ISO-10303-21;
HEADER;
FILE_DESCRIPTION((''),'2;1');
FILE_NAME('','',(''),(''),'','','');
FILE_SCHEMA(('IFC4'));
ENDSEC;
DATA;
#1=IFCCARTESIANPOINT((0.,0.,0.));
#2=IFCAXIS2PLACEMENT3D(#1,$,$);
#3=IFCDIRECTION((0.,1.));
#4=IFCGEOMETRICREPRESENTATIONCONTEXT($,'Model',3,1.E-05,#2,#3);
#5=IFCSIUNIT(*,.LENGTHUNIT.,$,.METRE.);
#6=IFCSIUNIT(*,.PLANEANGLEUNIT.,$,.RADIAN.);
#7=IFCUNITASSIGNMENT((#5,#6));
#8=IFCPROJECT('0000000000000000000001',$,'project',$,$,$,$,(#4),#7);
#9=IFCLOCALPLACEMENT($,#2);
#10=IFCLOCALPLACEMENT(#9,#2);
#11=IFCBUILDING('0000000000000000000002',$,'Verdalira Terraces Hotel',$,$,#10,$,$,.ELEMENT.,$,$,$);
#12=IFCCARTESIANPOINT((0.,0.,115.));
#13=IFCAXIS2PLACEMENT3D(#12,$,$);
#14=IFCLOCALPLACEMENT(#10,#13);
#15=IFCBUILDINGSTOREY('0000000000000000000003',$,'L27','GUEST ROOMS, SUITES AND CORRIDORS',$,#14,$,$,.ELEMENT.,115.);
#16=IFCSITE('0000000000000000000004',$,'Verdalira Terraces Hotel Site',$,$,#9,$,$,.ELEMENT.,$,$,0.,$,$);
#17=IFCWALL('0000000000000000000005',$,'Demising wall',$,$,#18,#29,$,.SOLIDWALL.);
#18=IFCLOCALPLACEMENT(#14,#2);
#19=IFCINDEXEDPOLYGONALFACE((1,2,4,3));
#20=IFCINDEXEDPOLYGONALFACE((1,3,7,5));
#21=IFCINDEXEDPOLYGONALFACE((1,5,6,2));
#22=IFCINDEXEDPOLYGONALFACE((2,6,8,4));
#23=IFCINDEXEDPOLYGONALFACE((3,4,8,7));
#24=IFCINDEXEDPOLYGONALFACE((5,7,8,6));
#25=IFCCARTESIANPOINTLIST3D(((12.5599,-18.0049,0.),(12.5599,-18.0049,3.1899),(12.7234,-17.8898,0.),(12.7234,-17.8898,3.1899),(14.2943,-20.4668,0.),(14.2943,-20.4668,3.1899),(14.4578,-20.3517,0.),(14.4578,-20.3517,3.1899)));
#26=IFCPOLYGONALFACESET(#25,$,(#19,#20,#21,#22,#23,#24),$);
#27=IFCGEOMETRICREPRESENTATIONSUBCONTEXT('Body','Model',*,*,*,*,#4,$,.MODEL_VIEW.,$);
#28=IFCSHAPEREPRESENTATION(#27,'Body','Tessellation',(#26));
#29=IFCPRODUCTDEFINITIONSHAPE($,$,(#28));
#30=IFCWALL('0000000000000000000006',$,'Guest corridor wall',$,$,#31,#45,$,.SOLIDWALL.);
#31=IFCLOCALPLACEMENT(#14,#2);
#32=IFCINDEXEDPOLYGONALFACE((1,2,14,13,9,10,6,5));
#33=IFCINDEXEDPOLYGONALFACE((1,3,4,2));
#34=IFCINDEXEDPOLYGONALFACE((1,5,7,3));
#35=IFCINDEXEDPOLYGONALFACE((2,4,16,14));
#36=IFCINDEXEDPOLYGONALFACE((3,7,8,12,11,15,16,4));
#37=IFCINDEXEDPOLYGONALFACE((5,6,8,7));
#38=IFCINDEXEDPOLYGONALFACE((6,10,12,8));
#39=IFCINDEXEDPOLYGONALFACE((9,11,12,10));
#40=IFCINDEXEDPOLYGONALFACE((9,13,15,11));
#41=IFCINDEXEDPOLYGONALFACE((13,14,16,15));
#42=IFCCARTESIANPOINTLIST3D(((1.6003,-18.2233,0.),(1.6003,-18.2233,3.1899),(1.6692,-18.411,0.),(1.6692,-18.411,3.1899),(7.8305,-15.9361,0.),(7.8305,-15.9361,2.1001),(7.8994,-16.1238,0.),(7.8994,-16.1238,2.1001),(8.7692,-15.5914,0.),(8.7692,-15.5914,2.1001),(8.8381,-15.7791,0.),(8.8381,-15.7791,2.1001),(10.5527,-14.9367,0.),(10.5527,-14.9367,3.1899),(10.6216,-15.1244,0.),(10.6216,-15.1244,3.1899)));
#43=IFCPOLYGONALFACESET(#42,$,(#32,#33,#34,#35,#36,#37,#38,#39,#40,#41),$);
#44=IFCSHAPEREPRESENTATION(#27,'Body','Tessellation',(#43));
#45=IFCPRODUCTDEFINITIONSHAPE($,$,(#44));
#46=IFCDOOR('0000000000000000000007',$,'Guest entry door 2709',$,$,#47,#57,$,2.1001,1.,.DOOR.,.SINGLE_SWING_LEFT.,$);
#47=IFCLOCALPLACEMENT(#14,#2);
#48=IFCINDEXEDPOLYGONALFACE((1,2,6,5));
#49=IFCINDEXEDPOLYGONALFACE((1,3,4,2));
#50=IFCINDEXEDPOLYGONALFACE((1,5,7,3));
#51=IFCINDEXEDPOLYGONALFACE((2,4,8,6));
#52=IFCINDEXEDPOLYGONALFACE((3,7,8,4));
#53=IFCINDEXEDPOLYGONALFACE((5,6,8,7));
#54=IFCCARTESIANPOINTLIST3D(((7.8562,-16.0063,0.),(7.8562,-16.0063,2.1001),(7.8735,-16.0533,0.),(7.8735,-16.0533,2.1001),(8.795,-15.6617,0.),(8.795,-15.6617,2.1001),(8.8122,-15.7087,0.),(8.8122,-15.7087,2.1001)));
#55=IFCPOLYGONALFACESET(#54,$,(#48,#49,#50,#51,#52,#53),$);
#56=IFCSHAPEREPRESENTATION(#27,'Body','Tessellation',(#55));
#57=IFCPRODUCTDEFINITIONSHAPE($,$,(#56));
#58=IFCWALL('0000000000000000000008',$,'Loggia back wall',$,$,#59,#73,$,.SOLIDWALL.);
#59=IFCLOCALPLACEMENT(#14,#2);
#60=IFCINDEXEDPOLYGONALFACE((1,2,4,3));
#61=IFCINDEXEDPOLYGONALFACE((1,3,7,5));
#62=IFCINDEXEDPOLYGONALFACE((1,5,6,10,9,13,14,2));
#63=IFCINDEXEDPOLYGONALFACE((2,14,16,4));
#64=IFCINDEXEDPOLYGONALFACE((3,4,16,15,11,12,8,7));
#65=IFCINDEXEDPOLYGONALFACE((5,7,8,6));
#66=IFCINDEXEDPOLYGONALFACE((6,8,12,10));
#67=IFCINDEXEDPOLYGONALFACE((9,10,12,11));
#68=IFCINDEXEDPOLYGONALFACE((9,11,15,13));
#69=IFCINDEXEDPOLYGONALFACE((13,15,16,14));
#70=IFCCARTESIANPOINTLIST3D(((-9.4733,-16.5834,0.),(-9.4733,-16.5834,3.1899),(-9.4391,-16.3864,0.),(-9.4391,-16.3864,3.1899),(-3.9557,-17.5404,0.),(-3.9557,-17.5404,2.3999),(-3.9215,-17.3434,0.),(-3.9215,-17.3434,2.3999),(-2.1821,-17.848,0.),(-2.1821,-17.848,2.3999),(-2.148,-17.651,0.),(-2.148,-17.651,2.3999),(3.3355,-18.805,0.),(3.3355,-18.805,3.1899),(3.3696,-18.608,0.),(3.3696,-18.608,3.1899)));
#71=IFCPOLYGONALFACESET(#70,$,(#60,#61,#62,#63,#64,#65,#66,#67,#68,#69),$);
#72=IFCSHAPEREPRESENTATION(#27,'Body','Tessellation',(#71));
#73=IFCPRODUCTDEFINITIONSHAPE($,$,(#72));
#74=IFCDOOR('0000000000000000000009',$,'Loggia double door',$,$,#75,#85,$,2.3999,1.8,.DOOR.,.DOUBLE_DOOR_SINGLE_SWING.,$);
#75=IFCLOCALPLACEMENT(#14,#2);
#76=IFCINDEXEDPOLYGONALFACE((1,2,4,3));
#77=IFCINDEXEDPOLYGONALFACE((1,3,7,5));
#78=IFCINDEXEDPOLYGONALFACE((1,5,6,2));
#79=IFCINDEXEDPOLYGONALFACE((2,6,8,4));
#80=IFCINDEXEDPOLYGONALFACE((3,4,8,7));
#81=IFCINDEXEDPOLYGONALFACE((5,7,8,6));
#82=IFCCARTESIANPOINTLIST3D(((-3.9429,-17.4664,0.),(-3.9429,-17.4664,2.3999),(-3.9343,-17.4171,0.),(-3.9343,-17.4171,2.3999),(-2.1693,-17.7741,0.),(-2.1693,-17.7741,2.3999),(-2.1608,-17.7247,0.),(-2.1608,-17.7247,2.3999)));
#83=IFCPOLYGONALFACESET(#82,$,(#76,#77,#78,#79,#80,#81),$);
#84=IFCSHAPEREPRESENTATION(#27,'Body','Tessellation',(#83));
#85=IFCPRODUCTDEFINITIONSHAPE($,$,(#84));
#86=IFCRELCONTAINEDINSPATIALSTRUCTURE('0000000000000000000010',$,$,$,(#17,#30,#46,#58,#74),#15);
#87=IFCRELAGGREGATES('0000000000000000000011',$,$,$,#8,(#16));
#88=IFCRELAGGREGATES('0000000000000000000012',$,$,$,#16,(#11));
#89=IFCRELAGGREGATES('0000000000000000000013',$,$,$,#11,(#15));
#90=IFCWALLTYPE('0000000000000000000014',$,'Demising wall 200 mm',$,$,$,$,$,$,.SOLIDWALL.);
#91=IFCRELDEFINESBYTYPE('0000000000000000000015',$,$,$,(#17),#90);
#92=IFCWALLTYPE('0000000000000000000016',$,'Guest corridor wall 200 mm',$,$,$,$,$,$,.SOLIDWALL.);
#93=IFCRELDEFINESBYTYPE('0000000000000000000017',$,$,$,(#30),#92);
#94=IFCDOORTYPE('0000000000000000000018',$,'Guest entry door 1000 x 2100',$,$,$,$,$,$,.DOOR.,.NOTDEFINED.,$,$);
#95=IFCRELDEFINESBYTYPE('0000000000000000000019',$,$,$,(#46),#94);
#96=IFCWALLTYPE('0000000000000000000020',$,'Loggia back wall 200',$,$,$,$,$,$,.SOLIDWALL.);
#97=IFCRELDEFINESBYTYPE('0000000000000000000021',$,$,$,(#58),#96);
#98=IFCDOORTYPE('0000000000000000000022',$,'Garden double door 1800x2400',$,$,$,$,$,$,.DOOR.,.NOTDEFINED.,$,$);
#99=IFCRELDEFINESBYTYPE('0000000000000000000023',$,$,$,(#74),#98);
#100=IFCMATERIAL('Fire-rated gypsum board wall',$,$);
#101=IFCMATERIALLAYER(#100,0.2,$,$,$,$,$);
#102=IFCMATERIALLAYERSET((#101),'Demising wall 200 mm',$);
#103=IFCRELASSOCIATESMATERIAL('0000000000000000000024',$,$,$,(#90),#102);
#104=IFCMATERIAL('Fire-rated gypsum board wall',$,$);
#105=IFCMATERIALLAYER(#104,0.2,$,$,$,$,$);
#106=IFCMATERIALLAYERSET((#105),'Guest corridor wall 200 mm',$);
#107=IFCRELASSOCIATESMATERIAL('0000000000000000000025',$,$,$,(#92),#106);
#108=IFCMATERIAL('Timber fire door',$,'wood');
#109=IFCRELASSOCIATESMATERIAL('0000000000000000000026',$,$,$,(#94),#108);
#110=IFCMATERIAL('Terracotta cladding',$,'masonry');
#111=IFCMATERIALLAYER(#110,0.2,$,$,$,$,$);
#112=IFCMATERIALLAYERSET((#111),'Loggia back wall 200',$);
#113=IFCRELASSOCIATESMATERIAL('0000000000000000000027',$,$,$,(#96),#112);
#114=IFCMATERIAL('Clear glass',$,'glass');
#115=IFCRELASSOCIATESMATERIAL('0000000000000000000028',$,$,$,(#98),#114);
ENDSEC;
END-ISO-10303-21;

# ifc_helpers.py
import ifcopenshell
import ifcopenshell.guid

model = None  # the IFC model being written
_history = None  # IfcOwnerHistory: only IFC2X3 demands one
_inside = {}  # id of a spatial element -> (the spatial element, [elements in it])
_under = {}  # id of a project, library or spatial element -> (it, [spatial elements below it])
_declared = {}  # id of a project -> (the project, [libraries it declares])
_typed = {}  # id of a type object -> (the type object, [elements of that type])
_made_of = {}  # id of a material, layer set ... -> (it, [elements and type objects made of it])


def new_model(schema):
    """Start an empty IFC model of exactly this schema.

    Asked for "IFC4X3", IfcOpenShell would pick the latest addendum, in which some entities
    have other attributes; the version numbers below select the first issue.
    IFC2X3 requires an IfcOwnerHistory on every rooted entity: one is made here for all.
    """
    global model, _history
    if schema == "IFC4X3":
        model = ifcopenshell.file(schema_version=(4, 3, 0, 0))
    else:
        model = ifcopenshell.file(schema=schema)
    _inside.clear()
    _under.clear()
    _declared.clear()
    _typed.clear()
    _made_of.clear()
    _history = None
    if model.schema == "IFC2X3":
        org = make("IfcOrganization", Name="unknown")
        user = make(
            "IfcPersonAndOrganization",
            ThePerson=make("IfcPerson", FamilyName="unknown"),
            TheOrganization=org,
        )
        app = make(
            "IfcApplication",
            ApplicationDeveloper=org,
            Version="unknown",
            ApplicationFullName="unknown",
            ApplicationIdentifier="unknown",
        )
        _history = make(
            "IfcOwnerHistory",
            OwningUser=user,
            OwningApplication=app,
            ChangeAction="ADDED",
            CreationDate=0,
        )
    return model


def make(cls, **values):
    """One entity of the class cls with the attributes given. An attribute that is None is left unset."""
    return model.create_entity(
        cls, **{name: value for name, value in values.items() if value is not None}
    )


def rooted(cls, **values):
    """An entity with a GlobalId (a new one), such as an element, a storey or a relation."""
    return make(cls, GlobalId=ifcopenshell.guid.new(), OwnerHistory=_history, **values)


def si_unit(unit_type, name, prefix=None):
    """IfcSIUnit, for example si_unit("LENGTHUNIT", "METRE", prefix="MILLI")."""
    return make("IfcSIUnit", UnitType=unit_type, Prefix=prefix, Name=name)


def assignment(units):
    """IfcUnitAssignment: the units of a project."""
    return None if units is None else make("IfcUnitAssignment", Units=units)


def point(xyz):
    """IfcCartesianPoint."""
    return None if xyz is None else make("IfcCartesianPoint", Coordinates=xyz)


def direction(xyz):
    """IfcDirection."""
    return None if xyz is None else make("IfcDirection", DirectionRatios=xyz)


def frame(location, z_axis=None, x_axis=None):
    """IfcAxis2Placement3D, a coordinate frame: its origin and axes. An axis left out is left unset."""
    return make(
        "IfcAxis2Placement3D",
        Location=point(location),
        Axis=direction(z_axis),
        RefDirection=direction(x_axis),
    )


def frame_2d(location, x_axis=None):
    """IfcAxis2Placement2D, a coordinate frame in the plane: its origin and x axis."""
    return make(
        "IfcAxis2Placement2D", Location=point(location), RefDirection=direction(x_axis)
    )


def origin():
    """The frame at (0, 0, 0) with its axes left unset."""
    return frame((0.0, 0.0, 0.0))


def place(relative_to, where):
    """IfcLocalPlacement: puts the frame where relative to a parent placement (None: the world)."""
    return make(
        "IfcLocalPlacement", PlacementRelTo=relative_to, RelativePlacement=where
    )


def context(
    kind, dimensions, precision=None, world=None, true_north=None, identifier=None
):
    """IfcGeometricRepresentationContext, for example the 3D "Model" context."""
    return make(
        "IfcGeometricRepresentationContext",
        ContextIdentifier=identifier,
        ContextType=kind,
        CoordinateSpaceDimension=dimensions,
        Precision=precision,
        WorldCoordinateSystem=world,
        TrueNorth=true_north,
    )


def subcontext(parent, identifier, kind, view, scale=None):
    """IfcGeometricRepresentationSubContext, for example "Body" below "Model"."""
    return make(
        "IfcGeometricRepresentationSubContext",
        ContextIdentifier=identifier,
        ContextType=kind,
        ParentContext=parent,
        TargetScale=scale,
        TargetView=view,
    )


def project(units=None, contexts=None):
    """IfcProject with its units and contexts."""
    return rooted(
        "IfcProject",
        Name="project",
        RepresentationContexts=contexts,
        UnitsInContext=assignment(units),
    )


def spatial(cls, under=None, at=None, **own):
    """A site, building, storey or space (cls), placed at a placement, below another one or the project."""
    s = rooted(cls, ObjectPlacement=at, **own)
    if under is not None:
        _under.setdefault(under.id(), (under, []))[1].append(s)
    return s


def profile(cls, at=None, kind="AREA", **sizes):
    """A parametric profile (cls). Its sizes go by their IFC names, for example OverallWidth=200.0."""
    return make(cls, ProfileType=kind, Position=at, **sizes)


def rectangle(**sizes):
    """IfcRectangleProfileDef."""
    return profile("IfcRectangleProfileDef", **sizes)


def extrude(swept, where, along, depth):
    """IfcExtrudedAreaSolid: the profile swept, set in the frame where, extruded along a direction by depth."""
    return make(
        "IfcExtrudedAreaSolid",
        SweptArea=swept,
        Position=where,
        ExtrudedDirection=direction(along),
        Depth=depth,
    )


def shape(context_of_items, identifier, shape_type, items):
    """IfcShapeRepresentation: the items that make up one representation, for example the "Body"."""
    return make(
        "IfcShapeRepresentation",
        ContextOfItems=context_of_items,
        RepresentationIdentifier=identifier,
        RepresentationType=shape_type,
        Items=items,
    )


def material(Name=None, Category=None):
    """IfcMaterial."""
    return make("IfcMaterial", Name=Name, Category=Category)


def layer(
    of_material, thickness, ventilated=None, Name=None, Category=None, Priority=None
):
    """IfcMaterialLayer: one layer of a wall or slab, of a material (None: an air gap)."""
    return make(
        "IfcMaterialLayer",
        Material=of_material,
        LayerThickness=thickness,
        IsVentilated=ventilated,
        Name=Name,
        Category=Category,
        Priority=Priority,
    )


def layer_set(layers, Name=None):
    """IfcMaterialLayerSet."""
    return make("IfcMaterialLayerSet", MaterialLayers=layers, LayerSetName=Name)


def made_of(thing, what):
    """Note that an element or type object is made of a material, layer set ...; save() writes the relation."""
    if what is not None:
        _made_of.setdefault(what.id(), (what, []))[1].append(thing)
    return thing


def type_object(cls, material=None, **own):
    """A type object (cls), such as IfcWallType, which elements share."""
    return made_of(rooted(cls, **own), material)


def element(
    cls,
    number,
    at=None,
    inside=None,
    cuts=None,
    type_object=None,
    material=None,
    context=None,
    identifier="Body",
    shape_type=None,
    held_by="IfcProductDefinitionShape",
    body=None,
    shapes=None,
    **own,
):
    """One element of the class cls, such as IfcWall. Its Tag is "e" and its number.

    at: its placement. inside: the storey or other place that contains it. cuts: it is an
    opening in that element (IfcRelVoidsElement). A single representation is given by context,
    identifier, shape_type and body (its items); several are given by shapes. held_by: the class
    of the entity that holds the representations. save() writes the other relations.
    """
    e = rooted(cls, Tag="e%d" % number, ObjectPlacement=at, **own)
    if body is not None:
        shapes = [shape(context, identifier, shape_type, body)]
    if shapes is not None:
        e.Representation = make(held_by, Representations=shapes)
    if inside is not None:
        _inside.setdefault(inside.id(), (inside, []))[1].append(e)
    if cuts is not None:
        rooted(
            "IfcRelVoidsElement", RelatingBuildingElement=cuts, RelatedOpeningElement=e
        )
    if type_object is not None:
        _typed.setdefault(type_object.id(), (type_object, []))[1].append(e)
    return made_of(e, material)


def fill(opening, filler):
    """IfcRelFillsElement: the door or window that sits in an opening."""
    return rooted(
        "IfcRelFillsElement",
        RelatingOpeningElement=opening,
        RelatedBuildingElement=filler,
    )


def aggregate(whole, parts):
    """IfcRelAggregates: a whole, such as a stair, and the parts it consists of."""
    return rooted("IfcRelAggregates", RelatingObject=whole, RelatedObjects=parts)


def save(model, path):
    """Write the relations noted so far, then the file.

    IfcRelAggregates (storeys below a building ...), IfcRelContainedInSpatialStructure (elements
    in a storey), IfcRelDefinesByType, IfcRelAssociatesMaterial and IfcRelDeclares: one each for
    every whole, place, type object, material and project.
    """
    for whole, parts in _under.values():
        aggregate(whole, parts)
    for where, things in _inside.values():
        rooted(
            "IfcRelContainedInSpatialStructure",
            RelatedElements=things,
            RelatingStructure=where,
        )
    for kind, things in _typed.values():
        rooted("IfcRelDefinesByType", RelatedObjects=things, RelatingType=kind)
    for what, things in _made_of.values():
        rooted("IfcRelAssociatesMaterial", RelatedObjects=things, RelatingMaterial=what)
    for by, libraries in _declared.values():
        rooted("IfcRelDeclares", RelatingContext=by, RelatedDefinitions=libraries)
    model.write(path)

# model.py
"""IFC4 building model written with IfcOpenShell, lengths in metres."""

from ifc_helpers import new_model, si_unit, direction, frame, frame_2d, origin, place, context, subcontext, project, spatial, rectangle, extrude, material, layer, layer_set, type_object, element, fill, save


model = new_model("IFC4")

# Units and contexts
model_context = context("Model", 3, precision=1e-05, world=origin(), true_north=direction((0.0, 1.0)))
body_context = subcontext(model_context, "Body", "Model", "MODEL_VIEW")
ifc_project = project(units=[si_unit("LENGTHUNIT", "METRE"), si_unit("PLANEANGLEUNIT", "RADIAN")], contexts=[model_context])

# Site, building, storey
site_placement = place(None, origin())
site = spatial("IfcSite", under=ifc_project, at=site_placement, Name="Verdalira Terraces Hotel Site", CompositionType="ELEMENT", RefElevation=0.0)
building_placement = place(site_placement, origin())
building = spatial("IfcBuilding", under=site, at=building_placement, Name="Verdalira Terraces Hotel", CompositionType="ELEMENT")
storey_placement = place(building_placement, frame((0.0, 0.0, 115.0)))
storey = spatial("IfcBuildingStorey", under=building, at=storey_placement, Name="L27", Description="GUEST ROOMS, SUITES AND CORRIDORS", CompositionType="ELEMENT", Elevation=115.0)

# Wall
ifc_material_1 = material(Name="Fire-rated gypsum board wall")
ifc_layer_1 = layer(ifc_material_1, 0.2)
ifc_layer_set_1 = layer_set([ifc_layer_1], Name="Demising wall 200 mm")
wall_type_1 = type_object("IfcWallType", Name="Demising wall 200 mm", PredefinedType="SOLIDWALL", material=ifc_layer_set_1)
wall_1_placement = place(storey_placement, frame((12.6416, -17.9473, 0.0), z_axis=(0.0, 0.0, 1.0), x_axis=(0.575919, -0.817507, 0.0)))
element("IfcWall", 1, at=wall_1_placement, inside=storey, type_object=wall_type_1, Name="Demising wall", PredefinedType="SOLIDWALL", context=body_context, shape_type="SweptSolid", body=[
    extrude(rectangle(XDim=3.0115, YDim=0.2, at=frame_2d((1.5059, 0.0))), origin(), (0.0, 0.0, 1.0), 3.1899),
])

# Walls, openings, doors
ifc_material_2 = material(Name="Fire-rated gypsum board wall")
ifc_layer_2 = layer(ifc_material_2, 0.2)
ifc_layer_set_2 = layer_set([ifc_layer_2], Name="Guest corridor wall 200 mm")
wall_type_2 = type_object("IfcWallType", Name="Guest corridor wall 200 mm", PredefinedType="SOLIDWALL", material=ifc_layer_set_2)
wall_2_placement = place(storey_placement, frame((10.5872, -15.0305, 0.0), z_axis=(0.0, 0.0, 1.0), x_axis=(-0.938738, -0.344631, 0.0)))
wall_2 = element("IfcWall", 2, at=wall_2_placement, inside=storey, type_object=wall_type_2, Name="Guest corridor wall", PredefinedType="SOLIDWALL", context=body_context, shape_type="SweptSolid", body=[
    extrude(rectangle(XDim=9.5366, YDim=0.2, at=frame_2d((4.7683, 0.0))), origin(), (0.0, 0.0, 1.0), 3.1899),
])
opening_1_placement = place(wall_2_placement, frame((1.8999, 0.0, 0.0)))
opening_1 = element("IfcOpeningElement", 3, at=opening_1_placement, cuts=wall_2, PredefinedType="OPENING", context=body_context, shape_type="SweptSolid", body=[
    extrude(rectangle(XDim=1.0, YDim=2.1001, at=frame_2d((0.5, 1.05))), frame((0.0, 0.1099, 0.0), z_axis=(0.0, -1.0, 0.0), x_axis=(1.0, 0.0, 0.0)), (0.0, 0.0, 1.0), 0.22),
])
ifc_material_3 = material(Name="Timber fire door", Category="wood")
door_type_1 = type_object("IfcDoorType", Name="Guest entry door 1000 x 2100", OperationType="NOTDEFINED", PredefinedType="DOOR", material=ifc_material_3)
door_1_placement = place(opening_1_placement, origin())
door_1 = element("IfcDoor", 4, at=door_1_placement, inside=storey, type_object=door_type_1, Name="Guest entry door 2709", OperationType="SINGLE_SWING_LEFT", OverallHeight=2.1001, OverallWidth=1.0, PredefinedType="DOOR", context=body_context, shape_type="SweptSolid", body=[
    extrude(rectangle(XDim=1.0, YDim=2.1001, at=frame_2d((0.5, 1.05))), frame((0.0, 0.0249, 0.0), z_axis=(0.0, -1.0, 0.0), x_axis=(1.0, 0.0, 0.0)), (0.0, 0.0, 1.0), 0.05),
])
fill(opening_1, door_1)
ifc_material_4 = material(Name="Terracotta cladding", Category="masonry")
ifc_layer_3 = layer(ifc_material_4, 0.2)
ifc_layer_set_3 = layer_set([ifc_layer_3], Name="Loggia back wall 200")
wall_type_3 = type_object("IfcWallType", Name="Loggia back wall 200", PredefinedType="SOLIDWALL", material=ifc_layer_set_3)
wall_3_placement = place(storey_placement, frame((3.3525, -18.7065, 0.0), z_axis=(0.0, 0.0, 1.0), x_axis=(-0.985289, 0.170897, 0.0)))
wall_3 = element("IfcWall", 5, at=wall_3_placement, inside=storey, type_object=wall_type_3, Name="Loggia back wall", PredefinedType="SOLIDWALL", context=body_context, shape_type="SweptSolid", body=[
    extrude(rectangle(XDim=13.0, YDim=0.2, at=frame_2d((6.5, 0.0))), origin(), (0.0, 0.0, 1.0), 3.1899),
])
opening_2_placement = place(wall_3_placement, frame((5.6001, 0.0, 0.0)))
opening_2 = element("IfcOpeningElement", 6, at=opening_2_placement, cuts=wall_3, PredefinedType="OPENING", context=body_context, shape_type="SweptSolid", body=[
    extrude(rectangle(XDim=1.8, YDim=2.3999, at=frame_2d((0.8999, 1.2))), frame((0.0, 0.1099, 0.0), z_axis=(0.0, -1.0, 0.0), x_axis=(1.0, 0.0, 0.0)), (0.0, 0.0, 1.0), 0.22),
])
ifc_material_5 = material(Name="Clear glass", Category="glass")
door_type_2 = type_object("IfcDoorType", Name="Garden double door 1800x2400", OperationType="NOTDEFINED", PredefinedType="DOOR", material=ifc_material_5)
door_2_placement = place(opening_2_placement, origin())
door_2 = element("IfcDoor", 7, at=door_2_placement, inside=storey, type_object=door_type_2, Name="Loggia double door", OperationType="DOUBLE_DOOR_SINGLE_SWING", OverallHeight=2.3999, OverallWidth=1.8, PredefinedType="DOOR", context=body_context, shape_type="SweptSolid", body=[
    extrude(rectangle(XDim=1.8, YDim=2.3999, at=frame_2d((0.8999, 1.2))), frame((0.0, 0.0249, 0.0), z_axis=(0.0, -1.0, 0.0), x_axis=(1.0, 0.0, 0.0)), (0.0, 0.0, 1.0), 0.05),
])
fill(opening_2, door_2)

save(model, "model.ifc")
